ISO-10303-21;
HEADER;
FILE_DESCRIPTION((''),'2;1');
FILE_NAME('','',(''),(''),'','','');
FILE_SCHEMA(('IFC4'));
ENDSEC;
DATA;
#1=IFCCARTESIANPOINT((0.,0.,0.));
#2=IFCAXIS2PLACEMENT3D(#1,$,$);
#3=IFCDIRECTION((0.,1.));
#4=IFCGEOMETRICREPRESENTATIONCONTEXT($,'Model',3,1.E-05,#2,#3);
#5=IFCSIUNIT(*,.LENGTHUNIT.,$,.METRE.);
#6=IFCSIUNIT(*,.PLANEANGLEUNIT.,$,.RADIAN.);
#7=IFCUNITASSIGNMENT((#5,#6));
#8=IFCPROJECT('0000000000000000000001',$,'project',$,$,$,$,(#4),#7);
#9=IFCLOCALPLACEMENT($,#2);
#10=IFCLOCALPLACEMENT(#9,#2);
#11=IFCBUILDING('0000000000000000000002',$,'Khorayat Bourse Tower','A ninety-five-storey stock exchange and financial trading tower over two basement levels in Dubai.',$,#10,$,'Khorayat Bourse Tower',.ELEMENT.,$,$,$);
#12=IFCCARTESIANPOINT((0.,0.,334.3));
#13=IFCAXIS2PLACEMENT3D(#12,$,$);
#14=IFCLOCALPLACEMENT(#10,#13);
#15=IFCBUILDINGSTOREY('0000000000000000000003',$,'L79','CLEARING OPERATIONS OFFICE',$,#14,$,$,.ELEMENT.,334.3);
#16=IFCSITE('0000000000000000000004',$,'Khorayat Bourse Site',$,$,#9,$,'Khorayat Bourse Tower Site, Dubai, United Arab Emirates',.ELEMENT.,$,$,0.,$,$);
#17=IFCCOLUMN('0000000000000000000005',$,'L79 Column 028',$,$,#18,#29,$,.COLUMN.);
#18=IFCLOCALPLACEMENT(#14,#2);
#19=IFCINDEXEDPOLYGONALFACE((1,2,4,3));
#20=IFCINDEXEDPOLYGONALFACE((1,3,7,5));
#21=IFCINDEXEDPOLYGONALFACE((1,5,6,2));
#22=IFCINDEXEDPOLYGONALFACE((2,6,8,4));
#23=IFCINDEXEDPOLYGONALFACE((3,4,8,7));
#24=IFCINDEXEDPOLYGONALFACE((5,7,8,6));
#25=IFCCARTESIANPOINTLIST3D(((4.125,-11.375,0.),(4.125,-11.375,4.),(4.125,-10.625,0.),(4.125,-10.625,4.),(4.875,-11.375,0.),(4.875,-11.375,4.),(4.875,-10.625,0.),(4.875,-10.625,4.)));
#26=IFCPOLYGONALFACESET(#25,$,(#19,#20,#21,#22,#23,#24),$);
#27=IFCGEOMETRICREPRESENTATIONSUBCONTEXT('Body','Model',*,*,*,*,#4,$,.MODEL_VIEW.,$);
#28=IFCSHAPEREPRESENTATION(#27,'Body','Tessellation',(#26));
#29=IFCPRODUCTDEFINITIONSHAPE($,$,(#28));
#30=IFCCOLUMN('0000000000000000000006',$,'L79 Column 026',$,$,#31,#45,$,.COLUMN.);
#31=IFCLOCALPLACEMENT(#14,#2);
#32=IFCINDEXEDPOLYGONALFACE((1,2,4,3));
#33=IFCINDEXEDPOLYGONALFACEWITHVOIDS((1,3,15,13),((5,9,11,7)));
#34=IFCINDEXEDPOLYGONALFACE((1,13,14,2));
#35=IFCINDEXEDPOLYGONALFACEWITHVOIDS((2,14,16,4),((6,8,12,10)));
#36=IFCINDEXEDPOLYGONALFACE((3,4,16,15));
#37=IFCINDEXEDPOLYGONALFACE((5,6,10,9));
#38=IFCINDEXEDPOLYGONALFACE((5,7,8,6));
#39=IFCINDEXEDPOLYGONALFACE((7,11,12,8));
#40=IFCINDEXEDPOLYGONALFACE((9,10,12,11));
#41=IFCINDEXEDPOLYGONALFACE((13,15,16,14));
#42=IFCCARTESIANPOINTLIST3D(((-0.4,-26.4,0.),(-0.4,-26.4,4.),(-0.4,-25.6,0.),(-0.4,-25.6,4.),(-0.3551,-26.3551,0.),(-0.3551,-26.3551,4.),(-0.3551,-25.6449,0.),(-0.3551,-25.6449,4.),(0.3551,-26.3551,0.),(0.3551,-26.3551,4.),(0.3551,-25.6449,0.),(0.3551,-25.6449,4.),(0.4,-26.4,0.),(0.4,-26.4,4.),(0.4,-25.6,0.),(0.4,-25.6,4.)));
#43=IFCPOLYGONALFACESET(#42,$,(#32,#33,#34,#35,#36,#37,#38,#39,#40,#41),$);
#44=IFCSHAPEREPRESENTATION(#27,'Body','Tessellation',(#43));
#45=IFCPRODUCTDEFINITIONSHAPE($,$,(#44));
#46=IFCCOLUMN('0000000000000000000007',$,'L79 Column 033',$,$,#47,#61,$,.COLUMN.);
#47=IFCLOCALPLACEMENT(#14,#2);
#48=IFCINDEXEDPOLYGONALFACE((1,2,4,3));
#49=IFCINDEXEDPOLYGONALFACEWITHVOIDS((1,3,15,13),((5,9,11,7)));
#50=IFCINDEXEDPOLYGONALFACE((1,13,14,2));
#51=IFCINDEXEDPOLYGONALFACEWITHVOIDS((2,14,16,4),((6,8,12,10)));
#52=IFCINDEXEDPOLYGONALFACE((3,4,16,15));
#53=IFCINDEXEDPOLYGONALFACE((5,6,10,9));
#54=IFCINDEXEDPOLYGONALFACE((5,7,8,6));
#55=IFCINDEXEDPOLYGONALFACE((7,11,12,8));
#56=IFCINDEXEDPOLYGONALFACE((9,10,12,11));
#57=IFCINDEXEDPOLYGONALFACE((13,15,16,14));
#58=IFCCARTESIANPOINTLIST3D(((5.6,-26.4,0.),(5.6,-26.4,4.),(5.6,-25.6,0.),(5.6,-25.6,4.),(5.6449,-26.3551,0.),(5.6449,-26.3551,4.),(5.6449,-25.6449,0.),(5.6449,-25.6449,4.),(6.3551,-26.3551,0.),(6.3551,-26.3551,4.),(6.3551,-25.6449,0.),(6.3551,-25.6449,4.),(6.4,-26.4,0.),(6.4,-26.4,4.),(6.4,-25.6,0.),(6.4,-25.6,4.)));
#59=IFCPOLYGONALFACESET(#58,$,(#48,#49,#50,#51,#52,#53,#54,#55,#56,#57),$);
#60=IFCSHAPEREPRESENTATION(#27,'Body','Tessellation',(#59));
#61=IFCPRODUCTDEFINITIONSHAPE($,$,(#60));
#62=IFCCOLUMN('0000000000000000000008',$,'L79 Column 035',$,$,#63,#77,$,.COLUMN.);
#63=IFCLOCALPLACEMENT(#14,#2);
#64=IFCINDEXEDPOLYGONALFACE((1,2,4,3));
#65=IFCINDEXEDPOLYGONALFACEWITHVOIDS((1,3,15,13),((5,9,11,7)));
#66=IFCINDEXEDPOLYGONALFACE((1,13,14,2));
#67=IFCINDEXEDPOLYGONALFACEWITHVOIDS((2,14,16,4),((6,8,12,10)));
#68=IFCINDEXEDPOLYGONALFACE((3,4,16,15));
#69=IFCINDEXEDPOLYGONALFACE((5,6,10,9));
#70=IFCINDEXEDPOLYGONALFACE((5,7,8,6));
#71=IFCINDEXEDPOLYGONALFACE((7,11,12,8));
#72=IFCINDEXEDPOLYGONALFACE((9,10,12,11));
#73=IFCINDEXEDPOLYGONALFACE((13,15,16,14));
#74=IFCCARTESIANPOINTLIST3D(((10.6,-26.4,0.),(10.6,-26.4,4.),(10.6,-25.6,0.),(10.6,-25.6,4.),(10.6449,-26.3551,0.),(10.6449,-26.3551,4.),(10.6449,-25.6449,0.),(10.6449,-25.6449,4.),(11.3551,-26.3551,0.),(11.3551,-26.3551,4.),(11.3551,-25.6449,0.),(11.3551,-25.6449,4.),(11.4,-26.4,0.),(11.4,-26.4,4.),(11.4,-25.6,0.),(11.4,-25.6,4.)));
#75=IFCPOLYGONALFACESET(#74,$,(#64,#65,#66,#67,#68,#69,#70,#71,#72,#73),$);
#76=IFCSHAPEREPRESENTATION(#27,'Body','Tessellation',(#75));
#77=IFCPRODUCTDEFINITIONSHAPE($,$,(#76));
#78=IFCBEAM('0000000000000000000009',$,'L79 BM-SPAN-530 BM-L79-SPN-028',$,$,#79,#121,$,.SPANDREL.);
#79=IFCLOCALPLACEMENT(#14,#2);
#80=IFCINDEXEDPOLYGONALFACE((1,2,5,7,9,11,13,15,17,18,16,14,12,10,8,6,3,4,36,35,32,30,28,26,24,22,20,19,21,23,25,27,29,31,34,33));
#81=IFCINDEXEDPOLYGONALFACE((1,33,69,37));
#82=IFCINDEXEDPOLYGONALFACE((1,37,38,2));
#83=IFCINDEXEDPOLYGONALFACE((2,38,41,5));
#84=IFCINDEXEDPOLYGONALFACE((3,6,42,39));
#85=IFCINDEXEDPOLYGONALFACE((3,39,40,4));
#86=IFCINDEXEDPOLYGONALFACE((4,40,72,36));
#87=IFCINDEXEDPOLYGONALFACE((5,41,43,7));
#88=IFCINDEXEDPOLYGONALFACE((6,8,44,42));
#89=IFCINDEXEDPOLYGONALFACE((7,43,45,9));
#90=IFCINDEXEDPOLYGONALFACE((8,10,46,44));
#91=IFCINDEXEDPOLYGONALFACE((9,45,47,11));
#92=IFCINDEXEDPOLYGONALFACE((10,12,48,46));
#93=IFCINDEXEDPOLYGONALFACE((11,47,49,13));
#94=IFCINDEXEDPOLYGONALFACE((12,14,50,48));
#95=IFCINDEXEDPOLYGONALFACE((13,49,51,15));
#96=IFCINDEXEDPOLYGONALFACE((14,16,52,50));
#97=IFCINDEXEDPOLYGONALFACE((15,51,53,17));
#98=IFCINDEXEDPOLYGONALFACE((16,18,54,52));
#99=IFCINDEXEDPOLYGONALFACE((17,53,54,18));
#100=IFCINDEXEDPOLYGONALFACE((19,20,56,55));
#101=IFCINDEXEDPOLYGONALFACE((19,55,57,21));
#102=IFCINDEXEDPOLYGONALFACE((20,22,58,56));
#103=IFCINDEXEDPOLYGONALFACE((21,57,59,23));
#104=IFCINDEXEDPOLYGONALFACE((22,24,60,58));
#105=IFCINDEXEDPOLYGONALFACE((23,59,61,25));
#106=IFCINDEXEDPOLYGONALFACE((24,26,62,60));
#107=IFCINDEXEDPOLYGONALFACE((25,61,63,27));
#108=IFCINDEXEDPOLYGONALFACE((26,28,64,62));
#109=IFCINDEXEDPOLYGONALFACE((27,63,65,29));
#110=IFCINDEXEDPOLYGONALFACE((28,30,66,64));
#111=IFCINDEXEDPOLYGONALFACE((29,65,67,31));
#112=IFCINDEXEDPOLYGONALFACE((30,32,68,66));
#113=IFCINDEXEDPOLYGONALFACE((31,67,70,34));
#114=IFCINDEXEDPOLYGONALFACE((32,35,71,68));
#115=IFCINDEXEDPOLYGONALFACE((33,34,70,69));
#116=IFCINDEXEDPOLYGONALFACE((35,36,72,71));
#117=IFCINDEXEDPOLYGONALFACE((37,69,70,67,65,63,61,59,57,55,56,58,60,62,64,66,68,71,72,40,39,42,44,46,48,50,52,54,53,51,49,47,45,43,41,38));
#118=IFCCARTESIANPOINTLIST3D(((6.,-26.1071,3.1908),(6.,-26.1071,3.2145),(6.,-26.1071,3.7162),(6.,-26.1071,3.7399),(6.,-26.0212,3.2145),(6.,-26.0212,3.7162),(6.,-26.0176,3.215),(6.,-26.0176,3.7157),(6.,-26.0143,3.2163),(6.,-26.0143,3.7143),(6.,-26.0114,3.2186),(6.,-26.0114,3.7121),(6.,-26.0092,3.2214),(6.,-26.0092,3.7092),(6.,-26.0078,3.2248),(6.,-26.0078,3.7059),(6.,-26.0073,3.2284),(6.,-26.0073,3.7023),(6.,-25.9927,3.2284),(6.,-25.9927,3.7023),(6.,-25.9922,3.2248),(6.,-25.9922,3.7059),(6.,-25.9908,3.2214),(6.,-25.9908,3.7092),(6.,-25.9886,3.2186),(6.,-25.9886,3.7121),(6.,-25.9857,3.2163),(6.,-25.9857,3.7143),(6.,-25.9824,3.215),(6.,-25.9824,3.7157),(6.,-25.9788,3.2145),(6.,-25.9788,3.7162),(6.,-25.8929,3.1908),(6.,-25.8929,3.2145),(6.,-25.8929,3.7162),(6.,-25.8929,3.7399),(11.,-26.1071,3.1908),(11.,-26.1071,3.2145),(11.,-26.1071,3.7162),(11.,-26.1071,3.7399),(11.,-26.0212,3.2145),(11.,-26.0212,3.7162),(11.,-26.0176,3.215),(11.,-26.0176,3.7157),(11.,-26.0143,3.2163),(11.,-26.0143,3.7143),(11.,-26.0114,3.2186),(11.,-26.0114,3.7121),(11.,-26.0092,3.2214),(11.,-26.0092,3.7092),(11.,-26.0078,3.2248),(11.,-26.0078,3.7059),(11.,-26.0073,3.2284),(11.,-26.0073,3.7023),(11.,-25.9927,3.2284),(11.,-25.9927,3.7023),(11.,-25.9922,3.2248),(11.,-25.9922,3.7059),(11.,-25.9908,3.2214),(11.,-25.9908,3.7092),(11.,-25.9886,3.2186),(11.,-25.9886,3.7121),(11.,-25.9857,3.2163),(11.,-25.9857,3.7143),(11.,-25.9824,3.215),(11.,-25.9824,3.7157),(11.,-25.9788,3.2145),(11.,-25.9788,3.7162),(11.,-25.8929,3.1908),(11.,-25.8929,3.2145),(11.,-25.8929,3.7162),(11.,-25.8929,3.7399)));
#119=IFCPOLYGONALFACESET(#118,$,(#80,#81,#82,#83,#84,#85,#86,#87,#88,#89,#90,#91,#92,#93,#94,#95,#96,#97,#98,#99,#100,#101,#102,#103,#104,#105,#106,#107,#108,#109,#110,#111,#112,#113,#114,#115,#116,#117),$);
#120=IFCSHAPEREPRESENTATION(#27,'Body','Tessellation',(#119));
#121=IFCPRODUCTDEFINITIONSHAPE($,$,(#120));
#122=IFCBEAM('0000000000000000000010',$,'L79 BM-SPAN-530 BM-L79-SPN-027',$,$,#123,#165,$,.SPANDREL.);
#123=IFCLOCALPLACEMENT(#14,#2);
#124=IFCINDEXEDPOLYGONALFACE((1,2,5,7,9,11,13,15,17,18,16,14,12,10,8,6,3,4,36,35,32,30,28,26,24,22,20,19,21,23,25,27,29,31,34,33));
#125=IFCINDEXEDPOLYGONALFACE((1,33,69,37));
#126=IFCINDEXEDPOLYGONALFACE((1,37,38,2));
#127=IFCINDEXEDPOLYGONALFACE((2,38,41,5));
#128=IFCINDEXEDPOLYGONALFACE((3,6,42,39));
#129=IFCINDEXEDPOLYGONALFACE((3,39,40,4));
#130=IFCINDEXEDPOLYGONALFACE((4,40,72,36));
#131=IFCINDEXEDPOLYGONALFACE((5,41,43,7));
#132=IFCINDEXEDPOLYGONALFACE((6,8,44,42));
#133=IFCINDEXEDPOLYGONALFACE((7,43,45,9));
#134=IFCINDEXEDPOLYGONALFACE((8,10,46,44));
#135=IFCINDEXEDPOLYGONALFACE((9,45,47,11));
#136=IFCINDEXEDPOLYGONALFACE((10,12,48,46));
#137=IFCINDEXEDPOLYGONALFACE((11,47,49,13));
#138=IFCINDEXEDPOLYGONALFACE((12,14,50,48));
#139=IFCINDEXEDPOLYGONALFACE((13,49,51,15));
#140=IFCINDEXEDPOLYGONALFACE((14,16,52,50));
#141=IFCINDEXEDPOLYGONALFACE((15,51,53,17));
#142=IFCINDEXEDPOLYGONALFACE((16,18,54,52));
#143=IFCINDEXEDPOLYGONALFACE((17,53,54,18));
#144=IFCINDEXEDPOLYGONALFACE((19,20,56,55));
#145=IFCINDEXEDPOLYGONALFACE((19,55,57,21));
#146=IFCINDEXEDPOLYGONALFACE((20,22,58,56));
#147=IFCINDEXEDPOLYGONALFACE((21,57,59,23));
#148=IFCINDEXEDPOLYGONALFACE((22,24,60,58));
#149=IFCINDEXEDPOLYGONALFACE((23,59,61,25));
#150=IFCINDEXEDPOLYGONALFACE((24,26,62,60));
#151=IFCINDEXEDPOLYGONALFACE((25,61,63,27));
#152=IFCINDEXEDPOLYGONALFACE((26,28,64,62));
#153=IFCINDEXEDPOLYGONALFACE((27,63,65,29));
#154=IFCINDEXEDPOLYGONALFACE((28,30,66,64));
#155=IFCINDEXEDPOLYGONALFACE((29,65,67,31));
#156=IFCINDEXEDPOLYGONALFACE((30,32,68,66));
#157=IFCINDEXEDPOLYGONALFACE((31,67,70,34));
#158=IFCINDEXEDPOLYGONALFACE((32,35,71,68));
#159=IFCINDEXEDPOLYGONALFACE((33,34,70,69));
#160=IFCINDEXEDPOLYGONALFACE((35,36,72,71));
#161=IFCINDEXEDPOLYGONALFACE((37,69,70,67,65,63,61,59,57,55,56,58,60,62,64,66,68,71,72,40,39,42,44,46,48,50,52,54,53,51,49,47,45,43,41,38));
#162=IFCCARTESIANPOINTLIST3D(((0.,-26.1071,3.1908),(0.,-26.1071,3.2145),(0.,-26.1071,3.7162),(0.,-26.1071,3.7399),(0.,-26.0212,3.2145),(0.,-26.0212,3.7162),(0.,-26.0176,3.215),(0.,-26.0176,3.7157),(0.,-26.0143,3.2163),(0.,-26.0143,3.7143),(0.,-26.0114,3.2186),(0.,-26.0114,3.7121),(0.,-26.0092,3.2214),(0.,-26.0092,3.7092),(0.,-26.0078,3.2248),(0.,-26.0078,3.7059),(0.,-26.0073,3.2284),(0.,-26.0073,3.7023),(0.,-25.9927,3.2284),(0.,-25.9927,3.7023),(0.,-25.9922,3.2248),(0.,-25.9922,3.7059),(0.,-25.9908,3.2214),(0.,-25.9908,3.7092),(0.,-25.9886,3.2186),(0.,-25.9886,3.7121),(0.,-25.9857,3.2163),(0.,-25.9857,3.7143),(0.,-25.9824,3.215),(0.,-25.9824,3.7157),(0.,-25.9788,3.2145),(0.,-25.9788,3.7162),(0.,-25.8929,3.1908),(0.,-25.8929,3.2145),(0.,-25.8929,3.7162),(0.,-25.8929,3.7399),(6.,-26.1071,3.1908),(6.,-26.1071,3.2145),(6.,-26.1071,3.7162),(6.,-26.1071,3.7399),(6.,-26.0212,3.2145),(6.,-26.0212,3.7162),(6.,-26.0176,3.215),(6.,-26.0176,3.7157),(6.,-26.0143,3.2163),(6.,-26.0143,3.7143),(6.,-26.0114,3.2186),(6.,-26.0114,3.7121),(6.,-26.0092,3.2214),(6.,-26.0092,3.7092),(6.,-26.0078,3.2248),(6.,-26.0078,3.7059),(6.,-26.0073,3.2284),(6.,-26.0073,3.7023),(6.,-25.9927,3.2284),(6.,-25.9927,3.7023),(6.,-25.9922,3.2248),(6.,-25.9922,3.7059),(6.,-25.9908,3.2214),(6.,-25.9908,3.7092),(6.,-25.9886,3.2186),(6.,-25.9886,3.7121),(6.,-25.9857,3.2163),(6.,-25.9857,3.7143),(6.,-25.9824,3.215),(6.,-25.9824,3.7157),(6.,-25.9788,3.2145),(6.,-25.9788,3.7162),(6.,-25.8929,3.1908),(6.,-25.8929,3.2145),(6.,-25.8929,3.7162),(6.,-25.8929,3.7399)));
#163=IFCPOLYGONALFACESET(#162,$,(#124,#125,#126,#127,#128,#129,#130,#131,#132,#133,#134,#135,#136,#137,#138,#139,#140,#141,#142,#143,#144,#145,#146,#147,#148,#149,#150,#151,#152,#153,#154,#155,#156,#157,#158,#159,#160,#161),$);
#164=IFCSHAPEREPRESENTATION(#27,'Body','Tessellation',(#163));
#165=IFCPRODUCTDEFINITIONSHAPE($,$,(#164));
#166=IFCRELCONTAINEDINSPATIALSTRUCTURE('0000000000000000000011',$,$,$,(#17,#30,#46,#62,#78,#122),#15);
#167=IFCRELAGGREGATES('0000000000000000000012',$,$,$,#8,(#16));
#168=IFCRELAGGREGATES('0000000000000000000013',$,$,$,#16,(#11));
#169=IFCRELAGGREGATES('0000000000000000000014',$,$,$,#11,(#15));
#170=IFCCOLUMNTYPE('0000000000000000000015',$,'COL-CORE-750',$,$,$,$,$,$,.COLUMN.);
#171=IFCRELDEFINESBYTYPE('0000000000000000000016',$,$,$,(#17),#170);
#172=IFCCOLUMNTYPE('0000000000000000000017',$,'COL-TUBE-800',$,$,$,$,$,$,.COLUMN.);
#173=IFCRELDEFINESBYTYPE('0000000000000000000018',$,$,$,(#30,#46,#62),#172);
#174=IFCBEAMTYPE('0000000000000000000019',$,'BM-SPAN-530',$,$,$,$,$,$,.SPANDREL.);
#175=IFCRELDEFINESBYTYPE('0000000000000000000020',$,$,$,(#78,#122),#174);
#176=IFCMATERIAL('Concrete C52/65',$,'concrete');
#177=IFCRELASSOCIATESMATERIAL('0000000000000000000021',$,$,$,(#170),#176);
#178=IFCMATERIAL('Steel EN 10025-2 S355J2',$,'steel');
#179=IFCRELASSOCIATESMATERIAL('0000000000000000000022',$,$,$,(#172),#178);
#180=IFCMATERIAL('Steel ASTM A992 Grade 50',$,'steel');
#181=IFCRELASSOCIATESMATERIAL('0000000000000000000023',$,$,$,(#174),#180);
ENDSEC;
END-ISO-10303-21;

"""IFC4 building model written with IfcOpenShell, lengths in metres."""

from ifc_helpers import new_model, si_unit, direction, frame, origin, origin_2d, place, context, subcontext, project, spatial, rectangle, hollow_rectangle, i_section, extrude, source, transform, mapped, material, material_profile, profile_set, type_object, element, save


model = new_model("IFC4")

# Units and contexts
model_context = context("Model", 3, precision=1e-05, world=origin(), true_north=direction((0.0, 1.0)))
body_context = subcontext(model_context, "Body", "Model", "MODEL_VIEW")
ifc_project = project(units=[si_unit("LENGTHUNIT", "METRE"), si_unit("PLANEANGLEUNIT", "RADIAN")], contexts=[model_context])

# Site, building, storey
site_placement = place(None, origin())
site = spatial("IfcSite", under=ifc_project, at=site_placement, Name="Khorayat Bourse Site", LongName="Khorayat Bourse Tower Site, Dubai, United Arab Emirates", CompositionType="ELEMENT", RefElevation=0.0)
building_placement = place(site_placement, origin())
building = spatial("IfcBuilding", under=site, at=building_placement, Name="Khorayat Bourse Tower", Description="A ninety-five-storey stock exchange and financial trading tower over two basement levels in Dubai.", LongName="Khorayat Bourse Tower", CompositionType="ELEMENT")
storey_placement = place(building_placement, frame((0.0, 0.0, 334.3)))
storey = spatial("IfcBuildingStorey", under=building, at=storey_placement, Name="L79", Description="CLEARING OPERATIONS OFFICE", CompositionType="ELEMENT", Elevation=334.3)

# Columns
ifc_material_1 = material(Name="Concrete C52/65", Category="concrete")
ifc_material_profile_1 = material_profile(ifc_material_1, rectangle(XDim=0.75, YDim=0.75, at=origin_2d()), Name="RC 750x750")
ifc_profile_set_1 = profile_set([ifc_material_profile_1], Name="Concrete C52/65")
column_type_1 = type_object("IfcColumnType", Name="COL-CORE-750", PredefinedType="COLUMN", material=ifc_profile_set_1)
shared_shape_1 = source(origin(), body_context, "Body", "SweptSolid", [
    extrude(rectangle(XDim=0.75, YDim=0.75, at=origin_2d()), origin(), (0.0, 0.0, 1.0), 4.0),
])
column_placement = place(storey_placement, frame((4.5, -11.0, 0.0), z_axis=(0.0, 0.0, 1.0), x_axis=(1.0, 0.0, 0.0)))
element("IfcColumn", 1, at=column_placement, inside=storey, type_object=column_type_1, Name="L79 Column 028", PredefinedType="COLUMN", context=body_context, shape_type="MappedRepresentation", body=[
    mapped(shared_shape_1, transform((0.0, 0.0, 0.0), scale=1.0)),
])
ifc_material_2 = material(Name="Steel EN 10025-2 S355J2", Category="steel")
ifc_material_profile_2 = material_profile(ifc_material_2, hollow_rectangle(XDim=0.8, YDim=0.8, WallThickness=0.0449, at=origin_2d()), Name="BOX 800x800x45")
ifc_profile_set_2 = profile_set([ifc_material_profile_2], Name="Steel EN 10025-2 S355J2")
column_type_2 = type_object("IfcColumnType", Name="COL-TUBE-800", PredefinedType="COLUMN", material=ifc_profile_set_2)
shared_shape_2 = source(origin(), body_context, "Body", "SweptSolid", [
    extrude(hollow_rectangle(XDim=0.8, YDim=0.8, WallThickness=0.0449, at=origin_2d()), origin(), (0.0, 0.0, 1.0), 4.0),
])
for number, where, z_axis, x_axis, name in (
    (2, (0.0, -26.0, 0.0), (0.0, 0.0, 1.0), (1.0, 0.0, 0.0), "L79 Column 026"),
    (3, (6.0, -26.0, 0.0), (0.0, 0.0, 1.0), (1.0, 0.0, 0.0), "L79 Column 033"),
    (4, (11.0, -26.0, 0.0), (0.0, 0.0, 1.0), (1.0, 0.0, 0.0), "L79 Column 035"),
):
    element("IfcColumn", number, at=place(storey_placement, frame(where, z_axis=z_axis, x_axis=x_axis)), inside=storey, type_object=column_type_2, Name=name, PredefinedType="COLUMN", context=body_context, shape_type="MappedRepresentation", body=[
        mapped(shared_shape_2, transform((0.0, 0.0, 0.0), scale=1.0)),
    ])

# Beams
ifc_material_3 = material(Name="Steel ASTM A992 Grade 50", Category="steel")
ifc_material_profile_3 = material_profile(ifc_material_3, i_section(OverallWidth=0.2141, OverallDepth=0.5491, WebThickness=0.0146, FlangeThickness=0.0237, FilletRadius=0.0139, at=origin_2d()), Name="W530X138")
ifc_profile_set_3 = profile_set([ifc_material_profile_3], Name="Steel ASTM A992 Grade 50")
beam_type_1 = type_object("IfcBeamType", Name="BM-SPAN-530", PredefinedType="SPANDREL", material=ifc_profile_set_3)
shared_shape_3 = source(origin(), body_context, "Body", "SweptSolid", [
    extrude(i_section(OverallWidth=0.2141, OverallDepth=0.5491, WebThickness=0.0146, FlangeThickness=0.0237, FilletRadius=0.0139, at=origin_2d()), origin(), (0.0, 0.0, 1.0), 5.0),
])
beam_1_placement = place(storey_placement, frame((6.0, -26.0, 3.4653), z_axis=(1.0, 0.0, 0.0), x_axis=(0.0, 1.0, 0.0)))
element("IfcBeam", 5, at=beam_1_placement, inside=storey, type_object=beam_type_1, Name="L79 BM-SPAN-530 BM-L79-SPN-028", PredefinedType="SPANDREL", context=body_context, shape_type="MappedRepresentation", body=[
    mapped(shared_shape_3, transform((0.0, 0.0, 0.0), scale=1.0)),
])
shared_shape_4 = source(origin(), body_context, "Body", "SweptSolid", [
    extrude(i_section(OverallWidth=0.2141, OverallDepth=0.5491, WebThickness=0.0146, FlangeThickness=0.0237, FilletRadius=0.0139, at=origin_2d()), origin(), (0.0, 0.0, 1.0), 6.0),
])
beam_2_placement = place(storey_placement, frame((0.0, -26.0, 3.4653), z_axis=(1.0, 0.0, 0.0), x_axis=(0.0, 1.0, 0.0)))
element("IfcBeam", 6, at=beam_2_placement, inside=storey, type_object=beam_type_1, Name="L79 BM-SPAN-530 BM-L79-SPN-027", PredefinedType="SPANDREL", context=body_context, shape_type="MappedRepresentation", body=[
    mapped(shared_shape_4, transform((0.0, 0.0, 0.0), scale=1.0)),
])

save(model, "model.ifc")
